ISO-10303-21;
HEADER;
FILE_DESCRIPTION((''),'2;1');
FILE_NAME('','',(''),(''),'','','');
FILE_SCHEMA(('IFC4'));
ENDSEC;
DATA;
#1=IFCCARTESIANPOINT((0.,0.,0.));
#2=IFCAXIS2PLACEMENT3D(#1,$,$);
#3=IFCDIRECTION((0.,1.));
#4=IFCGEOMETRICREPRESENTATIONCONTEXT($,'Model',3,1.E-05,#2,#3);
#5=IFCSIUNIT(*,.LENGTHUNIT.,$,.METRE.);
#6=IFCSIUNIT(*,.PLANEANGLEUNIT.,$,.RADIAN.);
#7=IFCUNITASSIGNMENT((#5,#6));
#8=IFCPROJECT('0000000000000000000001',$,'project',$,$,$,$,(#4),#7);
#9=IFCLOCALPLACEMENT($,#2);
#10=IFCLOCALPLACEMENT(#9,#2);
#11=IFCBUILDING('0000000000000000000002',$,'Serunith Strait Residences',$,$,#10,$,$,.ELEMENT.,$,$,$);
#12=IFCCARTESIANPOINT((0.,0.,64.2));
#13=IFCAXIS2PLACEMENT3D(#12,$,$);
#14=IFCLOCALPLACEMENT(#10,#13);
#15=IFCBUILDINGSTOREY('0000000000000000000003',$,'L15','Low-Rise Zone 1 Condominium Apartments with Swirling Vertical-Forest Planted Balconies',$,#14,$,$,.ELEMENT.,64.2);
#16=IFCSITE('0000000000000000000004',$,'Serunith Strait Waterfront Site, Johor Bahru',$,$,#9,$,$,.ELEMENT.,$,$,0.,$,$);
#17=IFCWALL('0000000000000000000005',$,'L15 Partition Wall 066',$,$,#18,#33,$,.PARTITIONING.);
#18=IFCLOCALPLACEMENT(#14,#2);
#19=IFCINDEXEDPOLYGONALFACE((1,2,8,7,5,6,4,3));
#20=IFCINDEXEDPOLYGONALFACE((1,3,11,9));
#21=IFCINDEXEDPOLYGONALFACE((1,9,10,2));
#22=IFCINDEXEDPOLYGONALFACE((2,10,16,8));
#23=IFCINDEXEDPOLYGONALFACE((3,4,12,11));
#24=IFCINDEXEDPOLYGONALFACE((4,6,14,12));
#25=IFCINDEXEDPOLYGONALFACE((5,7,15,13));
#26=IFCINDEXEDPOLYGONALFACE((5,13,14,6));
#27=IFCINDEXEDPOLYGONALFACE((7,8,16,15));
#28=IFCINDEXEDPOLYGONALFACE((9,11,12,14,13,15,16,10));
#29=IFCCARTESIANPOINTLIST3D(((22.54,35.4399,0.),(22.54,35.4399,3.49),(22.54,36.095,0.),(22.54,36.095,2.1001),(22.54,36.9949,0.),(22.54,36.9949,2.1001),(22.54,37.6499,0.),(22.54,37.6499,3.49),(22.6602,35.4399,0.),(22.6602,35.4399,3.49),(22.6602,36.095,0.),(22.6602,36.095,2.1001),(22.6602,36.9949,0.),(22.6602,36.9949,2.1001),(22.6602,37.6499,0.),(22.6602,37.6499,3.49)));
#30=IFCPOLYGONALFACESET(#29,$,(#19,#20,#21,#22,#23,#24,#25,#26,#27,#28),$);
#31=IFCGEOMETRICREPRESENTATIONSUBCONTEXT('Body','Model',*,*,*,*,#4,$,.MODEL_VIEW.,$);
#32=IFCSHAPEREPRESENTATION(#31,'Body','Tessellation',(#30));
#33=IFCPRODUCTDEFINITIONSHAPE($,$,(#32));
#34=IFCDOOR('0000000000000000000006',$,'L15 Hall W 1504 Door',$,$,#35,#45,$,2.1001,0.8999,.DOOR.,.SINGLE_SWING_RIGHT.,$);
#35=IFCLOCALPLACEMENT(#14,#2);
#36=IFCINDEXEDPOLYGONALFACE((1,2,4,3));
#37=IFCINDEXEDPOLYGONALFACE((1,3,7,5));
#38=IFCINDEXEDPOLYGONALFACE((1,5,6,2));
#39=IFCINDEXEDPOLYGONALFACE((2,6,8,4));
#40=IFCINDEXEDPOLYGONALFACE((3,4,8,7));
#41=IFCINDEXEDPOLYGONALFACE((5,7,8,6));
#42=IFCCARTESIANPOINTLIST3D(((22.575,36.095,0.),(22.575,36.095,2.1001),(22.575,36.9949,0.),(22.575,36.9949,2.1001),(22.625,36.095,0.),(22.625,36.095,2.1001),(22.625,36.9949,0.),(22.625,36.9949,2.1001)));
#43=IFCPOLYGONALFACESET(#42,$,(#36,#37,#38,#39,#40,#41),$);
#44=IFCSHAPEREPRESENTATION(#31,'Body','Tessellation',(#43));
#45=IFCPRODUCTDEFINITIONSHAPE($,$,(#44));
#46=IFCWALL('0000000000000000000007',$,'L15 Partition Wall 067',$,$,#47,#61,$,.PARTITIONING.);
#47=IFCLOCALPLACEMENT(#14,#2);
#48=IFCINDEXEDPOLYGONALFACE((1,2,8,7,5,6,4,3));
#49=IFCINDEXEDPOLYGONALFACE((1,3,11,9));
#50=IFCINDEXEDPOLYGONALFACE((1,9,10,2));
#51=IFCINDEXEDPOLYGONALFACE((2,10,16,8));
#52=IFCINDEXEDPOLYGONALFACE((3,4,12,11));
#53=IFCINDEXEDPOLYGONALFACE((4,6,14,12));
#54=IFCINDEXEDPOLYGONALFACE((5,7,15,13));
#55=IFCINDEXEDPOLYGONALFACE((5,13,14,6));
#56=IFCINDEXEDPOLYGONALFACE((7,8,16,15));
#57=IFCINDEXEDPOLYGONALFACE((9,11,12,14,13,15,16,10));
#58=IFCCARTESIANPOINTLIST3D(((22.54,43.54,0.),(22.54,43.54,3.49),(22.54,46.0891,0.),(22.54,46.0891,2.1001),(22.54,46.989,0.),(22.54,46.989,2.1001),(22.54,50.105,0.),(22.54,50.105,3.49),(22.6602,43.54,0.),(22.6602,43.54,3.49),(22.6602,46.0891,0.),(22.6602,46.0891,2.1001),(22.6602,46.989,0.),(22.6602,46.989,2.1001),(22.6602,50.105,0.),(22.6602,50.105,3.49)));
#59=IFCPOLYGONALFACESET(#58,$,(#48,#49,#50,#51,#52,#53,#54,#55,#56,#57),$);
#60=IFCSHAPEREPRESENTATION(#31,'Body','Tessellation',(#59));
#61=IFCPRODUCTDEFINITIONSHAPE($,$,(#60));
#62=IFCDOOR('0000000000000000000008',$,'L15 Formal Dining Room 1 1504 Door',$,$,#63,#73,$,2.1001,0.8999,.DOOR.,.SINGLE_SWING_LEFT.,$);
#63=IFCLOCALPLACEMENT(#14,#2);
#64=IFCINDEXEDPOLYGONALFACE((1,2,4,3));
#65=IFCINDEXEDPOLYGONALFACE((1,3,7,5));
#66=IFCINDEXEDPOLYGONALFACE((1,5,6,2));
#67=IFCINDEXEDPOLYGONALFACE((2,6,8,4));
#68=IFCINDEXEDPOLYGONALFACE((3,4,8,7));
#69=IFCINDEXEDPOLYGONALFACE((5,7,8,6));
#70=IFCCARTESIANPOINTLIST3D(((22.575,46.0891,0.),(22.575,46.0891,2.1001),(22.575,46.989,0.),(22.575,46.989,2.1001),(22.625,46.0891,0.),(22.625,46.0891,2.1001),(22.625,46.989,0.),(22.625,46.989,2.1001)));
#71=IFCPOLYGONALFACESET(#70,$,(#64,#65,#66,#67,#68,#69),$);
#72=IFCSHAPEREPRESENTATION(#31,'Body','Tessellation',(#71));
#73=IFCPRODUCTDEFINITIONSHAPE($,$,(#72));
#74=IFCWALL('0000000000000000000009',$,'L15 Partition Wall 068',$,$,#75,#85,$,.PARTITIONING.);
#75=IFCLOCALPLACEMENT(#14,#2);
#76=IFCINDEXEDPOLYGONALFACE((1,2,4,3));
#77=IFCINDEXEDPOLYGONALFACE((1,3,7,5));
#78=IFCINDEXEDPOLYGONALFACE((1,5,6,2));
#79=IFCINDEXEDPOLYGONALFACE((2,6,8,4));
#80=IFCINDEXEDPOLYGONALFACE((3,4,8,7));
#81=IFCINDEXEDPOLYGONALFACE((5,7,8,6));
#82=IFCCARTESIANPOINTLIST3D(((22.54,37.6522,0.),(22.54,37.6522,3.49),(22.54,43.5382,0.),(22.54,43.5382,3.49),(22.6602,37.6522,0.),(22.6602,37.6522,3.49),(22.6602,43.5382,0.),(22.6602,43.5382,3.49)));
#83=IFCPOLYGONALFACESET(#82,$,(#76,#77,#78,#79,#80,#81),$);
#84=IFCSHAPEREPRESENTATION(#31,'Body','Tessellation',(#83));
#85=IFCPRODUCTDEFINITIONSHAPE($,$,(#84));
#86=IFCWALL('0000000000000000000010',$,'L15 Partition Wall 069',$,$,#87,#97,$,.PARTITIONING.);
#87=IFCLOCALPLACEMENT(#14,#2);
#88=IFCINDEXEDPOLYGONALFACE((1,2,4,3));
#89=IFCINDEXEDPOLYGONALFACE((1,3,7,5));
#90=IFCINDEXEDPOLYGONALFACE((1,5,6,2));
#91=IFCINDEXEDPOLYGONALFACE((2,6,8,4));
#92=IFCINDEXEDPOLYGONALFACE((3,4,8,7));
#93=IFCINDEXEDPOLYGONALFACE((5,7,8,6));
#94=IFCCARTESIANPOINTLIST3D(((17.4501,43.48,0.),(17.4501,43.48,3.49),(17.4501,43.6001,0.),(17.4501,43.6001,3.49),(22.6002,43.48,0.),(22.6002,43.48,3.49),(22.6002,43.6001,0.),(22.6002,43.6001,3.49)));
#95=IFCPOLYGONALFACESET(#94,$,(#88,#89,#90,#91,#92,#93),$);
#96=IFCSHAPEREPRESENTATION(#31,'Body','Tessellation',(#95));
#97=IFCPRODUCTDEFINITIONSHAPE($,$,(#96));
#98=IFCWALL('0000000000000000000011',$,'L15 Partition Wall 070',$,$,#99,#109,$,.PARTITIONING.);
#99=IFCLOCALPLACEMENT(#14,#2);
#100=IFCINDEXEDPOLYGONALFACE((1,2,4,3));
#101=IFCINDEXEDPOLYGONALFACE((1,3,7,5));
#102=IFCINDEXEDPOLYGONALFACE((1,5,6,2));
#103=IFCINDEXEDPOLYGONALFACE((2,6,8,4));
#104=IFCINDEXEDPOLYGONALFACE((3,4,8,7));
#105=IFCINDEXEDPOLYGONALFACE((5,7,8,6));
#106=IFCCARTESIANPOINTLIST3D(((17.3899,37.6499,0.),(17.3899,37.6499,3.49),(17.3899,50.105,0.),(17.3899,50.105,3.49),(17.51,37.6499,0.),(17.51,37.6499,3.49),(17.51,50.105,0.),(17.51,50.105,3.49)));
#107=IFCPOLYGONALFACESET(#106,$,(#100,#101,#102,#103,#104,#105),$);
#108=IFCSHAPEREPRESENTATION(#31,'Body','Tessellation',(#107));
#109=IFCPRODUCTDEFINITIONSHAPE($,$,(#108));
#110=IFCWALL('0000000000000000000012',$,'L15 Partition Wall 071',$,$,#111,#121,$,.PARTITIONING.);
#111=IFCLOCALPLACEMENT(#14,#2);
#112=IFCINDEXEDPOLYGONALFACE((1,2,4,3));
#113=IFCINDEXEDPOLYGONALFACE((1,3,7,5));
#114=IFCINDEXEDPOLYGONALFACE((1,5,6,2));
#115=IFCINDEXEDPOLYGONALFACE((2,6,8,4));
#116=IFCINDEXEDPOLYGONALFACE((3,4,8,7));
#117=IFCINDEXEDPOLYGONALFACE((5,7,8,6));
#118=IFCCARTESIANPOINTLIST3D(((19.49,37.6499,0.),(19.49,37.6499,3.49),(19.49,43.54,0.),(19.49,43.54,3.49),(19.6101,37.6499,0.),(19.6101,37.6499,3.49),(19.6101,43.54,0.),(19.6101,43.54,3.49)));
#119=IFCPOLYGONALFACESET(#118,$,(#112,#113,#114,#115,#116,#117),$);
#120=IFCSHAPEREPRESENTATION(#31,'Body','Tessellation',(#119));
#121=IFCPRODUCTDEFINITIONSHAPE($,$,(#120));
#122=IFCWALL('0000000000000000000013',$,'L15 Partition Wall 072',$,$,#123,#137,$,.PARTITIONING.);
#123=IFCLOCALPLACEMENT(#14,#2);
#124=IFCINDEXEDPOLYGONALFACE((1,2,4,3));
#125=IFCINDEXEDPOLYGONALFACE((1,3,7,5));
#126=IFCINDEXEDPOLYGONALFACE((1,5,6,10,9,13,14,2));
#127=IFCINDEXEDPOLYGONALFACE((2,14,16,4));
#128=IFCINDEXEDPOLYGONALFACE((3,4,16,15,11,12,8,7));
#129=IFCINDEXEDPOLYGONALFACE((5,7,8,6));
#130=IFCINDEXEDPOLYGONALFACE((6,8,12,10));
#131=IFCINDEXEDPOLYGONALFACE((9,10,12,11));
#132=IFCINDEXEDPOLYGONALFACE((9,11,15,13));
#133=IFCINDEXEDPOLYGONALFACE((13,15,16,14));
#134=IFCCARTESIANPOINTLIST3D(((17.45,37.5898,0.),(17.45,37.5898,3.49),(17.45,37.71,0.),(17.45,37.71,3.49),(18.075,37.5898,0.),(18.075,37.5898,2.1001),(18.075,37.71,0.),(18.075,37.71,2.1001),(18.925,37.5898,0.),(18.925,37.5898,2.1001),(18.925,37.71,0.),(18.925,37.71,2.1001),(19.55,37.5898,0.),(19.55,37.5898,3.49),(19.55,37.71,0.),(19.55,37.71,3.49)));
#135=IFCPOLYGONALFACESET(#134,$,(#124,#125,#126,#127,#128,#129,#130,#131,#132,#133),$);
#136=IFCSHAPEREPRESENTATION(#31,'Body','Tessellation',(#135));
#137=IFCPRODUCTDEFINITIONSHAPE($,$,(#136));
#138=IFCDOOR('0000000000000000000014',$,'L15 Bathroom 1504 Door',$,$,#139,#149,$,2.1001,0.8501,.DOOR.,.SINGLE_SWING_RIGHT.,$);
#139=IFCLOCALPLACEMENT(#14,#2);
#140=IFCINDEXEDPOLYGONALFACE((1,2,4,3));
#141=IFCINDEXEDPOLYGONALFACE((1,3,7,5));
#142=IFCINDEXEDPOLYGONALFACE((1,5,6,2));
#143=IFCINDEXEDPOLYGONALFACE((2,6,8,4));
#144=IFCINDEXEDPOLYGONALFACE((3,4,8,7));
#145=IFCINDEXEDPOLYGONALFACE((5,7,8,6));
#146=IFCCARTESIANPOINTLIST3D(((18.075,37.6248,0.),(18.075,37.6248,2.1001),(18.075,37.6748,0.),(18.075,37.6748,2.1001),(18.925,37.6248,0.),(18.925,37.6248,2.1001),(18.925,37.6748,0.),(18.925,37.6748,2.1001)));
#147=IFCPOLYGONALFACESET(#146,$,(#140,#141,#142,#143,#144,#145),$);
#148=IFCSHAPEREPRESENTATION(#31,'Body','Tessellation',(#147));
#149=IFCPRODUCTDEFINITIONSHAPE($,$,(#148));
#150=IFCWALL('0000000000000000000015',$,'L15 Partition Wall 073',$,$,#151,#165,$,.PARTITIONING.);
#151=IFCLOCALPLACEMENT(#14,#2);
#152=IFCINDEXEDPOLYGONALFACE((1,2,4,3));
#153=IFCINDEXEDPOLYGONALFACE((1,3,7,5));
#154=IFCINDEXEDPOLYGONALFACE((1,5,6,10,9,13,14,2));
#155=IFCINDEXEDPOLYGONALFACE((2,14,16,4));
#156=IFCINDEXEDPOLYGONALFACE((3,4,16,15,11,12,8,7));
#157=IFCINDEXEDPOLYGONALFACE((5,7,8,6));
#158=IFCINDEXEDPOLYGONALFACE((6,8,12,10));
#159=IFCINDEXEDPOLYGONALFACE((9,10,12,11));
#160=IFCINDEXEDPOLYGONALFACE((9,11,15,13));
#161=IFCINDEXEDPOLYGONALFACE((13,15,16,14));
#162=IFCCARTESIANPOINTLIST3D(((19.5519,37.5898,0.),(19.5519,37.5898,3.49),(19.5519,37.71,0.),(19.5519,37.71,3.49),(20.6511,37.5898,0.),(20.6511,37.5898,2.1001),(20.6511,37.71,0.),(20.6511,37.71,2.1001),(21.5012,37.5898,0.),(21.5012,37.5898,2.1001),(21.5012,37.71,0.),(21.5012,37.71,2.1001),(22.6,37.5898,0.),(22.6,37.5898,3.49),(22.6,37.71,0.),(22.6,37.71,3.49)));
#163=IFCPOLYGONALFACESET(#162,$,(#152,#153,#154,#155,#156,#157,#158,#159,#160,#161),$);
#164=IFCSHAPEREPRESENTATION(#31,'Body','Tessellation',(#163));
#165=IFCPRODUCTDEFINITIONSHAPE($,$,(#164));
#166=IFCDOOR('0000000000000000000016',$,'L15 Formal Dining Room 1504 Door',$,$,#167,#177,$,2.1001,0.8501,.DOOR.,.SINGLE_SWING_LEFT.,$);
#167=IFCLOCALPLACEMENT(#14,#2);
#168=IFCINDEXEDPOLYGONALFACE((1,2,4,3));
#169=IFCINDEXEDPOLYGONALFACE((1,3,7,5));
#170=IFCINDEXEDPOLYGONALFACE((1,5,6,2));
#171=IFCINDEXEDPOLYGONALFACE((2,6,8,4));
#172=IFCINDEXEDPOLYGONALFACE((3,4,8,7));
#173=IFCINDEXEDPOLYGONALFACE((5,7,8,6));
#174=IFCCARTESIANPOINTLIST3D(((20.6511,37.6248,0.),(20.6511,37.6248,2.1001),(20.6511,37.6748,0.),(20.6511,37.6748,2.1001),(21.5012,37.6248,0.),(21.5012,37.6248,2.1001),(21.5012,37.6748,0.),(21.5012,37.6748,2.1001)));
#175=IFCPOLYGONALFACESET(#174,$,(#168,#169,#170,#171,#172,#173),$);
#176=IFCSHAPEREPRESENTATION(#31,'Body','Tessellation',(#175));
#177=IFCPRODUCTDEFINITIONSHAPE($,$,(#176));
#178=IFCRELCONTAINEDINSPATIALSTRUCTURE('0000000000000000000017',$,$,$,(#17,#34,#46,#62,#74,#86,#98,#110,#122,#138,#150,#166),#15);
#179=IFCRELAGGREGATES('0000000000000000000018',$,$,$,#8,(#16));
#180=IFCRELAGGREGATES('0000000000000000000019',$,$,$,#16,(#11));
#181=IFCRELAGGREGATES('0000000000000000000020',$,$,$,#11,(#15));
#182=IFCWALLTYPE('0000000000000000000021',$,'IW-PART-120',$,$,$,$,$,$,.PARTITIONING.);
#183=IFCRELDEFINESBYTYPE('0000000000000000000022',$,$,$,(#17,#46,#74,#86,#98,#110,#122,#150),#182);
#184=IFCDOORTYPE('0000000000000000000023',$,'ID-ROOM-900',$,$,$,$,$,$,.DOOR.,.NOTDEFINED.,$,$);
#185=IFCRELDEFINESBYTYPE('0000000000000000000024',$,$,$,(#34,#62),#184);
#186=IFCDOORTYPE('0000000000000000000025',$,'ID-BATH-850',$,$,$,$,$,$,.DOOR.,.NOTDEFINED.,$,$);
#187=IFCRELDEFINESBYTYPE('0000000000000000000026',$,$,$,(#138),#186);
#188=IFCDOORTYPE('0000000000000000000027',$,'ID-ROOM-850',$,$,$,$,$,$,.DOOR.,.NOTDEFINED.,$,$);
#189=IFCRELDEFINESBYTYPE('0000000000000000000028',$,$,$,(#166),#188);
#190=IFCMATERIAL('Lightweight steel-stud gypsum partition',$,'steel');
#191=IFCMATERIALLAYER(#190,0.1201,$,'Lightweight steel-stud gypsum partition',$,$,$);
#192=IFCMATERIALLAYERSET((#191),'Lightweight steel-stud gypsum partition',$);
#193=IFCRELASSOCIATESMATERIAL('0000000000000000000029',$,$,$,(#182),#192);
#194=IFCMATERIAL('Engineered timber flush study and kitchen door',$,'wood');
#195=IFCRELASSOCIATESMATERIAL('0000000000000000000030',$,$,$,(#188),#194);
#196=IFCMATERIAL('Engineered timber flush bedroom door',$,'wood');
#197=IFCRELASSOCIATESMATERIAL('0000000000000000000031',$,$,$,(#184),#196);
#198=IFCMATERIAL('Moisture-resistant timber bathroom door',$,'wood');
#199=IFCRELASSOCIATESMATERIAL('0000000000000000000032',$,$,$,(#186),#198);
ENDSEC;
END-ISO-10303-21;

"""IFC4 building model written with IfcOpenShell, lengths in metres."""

from ifc_helpers import new_model, si_unit, direction, frame, frame_2d, origin, place, context, subcontext, project, spatial, rectangle, extrude, source, transform, mapped, material, layer, layer_set, type_object, element, fill, save


model = new_model("IFC4")

# Units and contexts
model_context = context("Model", 3, precision=1e-05, world=origin(), true_north=direction((0.0, 1.0)))
body_context = subcontext(model_context, "Body", "Model", "MODEL_VIEW")
ifc_project = project(units=[si_unit("LENGTHUNIT", "METRE"), si_unit("PLANEANGLEUNIT", "RADIAN")], contexts=[model_context])

# Site, building, storey
site_placement = place(None, origin())
site = spatial("IfcSite", under=ifc_project, at=site_placement, Name="Serunith Strait Waterfront Site, Johor Bahru", CompositionType="ELEMENT", RefElevation=0.0)
building_placement = place(site_placement, origin())
building = spatial("IfcBuilding", under=site, at=building_placement, Name="Serunith Strait Residences", CompositionType="ELEMENT")
storey_placement = place(building_placement, frame((0.0, 0.0, 64.2)))
storey = spatial("IfcBuildingStorey", under=building, at=storey_placement, Name="L15", Description="Low-Rise Zone 1 Condominium Apartments with Swirling Vertical-Forest Planted Balconies", CompositionType="ELEMENT", Elevation=64.2)

# Shared definitions
ifc_material_1 = material(Name="Lightweight steel-stud gypsum partition", Category="steel")
ifc_layer_1 = layer(ifc_material_1, 0.1201, Name="Lightweight steel-stud gypsum partition")
ifc_layer_set_1 = layer_set([ifc_layer_1], Name="Lightweight steel-stud gypsum partition")
wall_type = type_object("IfcWallType", Name="IW-PART-120", PredefinedType="PARTITIONING", material=ifc_layer_set_1)
ifc_material_2 = material(Name="Engineered timber flush study and kitchen door", Category="wood")
door_type_1 = type_object("IfcDoorType", Name="ID-ROOM-850", OperationType="NOTDEFINED", PredefinedType="DOOR", material=ifc_material_2)
shared_shape_1 = source(origin(), body_context, "Body", "SweptSolid", [
    extrude(rectangle(XDim=0.8501, YDim=2.1001, at=frame_2d((0.425, 1.05))), frame((0.0, 0.0249, 0.0), z_axis=(0.0, -1.0, 0.0), x_axis=(1.0, 0.0, 0.0)), (0.0, 0.0, 1.0), 0.05),
])

# Walls, openings, doors
wall_1_placement = place(storey_placement, frame((22.6001, 37.6499, 0.0), z_axis=(0.0, 0.0, 1.0), x_axis=(0.0, -1.0, 0.0)))
wall_1 = element("IfcWall", 1, at=wall_1_placement, inside=storey, type_object=wall_type, Name="L15 Partition Wall 066", PredefinedType="PARTITIONING", context=body_context, shape_type="SweptSolid", body=[
    extrude(rectangle(XDim=2.21, YDim=0.1201, at=frame_2d((1.105, 0.0))), origin(), (0.0, 0.0, 1.0), 3.49),
])
opening_1_placement = place(wall_1_placement, frame((0.655, 0.0, 0.0)))
opening_1 = element("IfcOpeningElement", 2, at=opening_1_placement, cuts=wall_1, PredefinedType="OPENING", context=body_context, shape_type="SweptSolid", body=[
    extrude(rectangle(XDim=0.8999, YDim=2.1001, at=frame_2d((0.45, 1.05))), frame((0.0, 0.0701, 0.0), z_axis=(0.0, -1.0, 0.0), x_axis=(1.0, 0.0, 0.0)), (0.0, 0.0, 1.0), 0.1401),
])
ifc_material_3 = material(Name="Engineered timber flush bedroom door", Category="wood")
door_type_2 = type_object("IfcDoorType", Name="ID-ROOM-900", OperationType="NOTDEFINED", PredefinedType="DOOR", material=ifc_material_3)
shared_shape_2 = source(origin(), body_context, "Body", "SweptSolid", [
    extrude(rectangle(XDim=0.8999, YDim=2.1001, at=frame_2d((0.45, 1.05))), frame((0.0, 0.0249, 0.0), z_axis=(0.0, -1.0, 0.0), x_axis=(1.0, 0.0, 0.0)), (0.0, 0.0, 1.0), 0.05),
])
door_1_placement = place(opening_1_placement, origin())
door_1 = element("IfcDoor", 3, at=door_1_placement, inside=storey, type_object=door_type_2, Name="L15 Hall W 1504 Door", OperationType="SINGLE_SWING_RIGHT", OverallHeight=2.1001, OverallWidth=0.8999, PredefinedType="DOOR", context=body_context, shape_type="MappedRepresentation", body=[
    mapped(shared_shape_2, transform((0.0, 0.0, 0.0), scale=1.0)),
])
fill(opening_1, door_1)
wall_2_placement = place(storey_placement, frame((22.6001, 50.105, 0.0), z_axis=(0.0, 0.0, 1.0), x_axis=(0.0, -1.0, 0.0)))
wall_2 = element("IfcWall", 4, at=wall_2_placement, inside=storey, type_object=wall_type, Name="L15 Partition Wall 067", PredefinedType="PARTITIONING", context=body_context, shape_type="SweptSolid", body=[
    extrude(rectangle(XDim=6.5649, YDim=0.1201, at=frame_2d((3.2825, 0.0))), origin(), (0.0, 0.0, 1.0), 3.49),
])
opening_2_placement = place(wall_2_placement, frame((3.116, 0.0, 0.0)))
opening_2 = element("IfcOpeningElement", 5, at=opening_2_placement, cuts=wall_2, PredefinedType="OPENING", context=body_context, shape_type="SweptSolid", body=[
    extrude(rectangle(XDim=0.8999, YDim=2.1001, at=frame_2d((0.45, 1.05))), frame((0.0, 0.0701, 0.0), z_axis=(0.0, -1.0, 0.0), x_axis=(1.0, 0.0, 0.0)), (0.0, 0.0, 1.0), 0.1401),
])
door_2_placement = place(opening_2_placement, origin())
door_2 = element("IfcDoor", 6, at=door_2_placement, inside=storey, type_object=door_type_2, Name="L15 Formal Dining Room 1 1504 Door", OperationType="SINGLE_SWING_LEFT", OverallHeight=2.1001, OverallWidth=0.8999, PredefinedType="DOOR", context=body_context, shape_type="MappedRepresentation", body=[
    mapped(shared_shape_2, transform((0.0, 0.0, 0.0), scale=1.0)),
])
fill(opening_2, door_2)

# Walls
wall_3_placement = place(storey_placement, frame((22.6001, 43.5381, 0.0), z_axis=(0.0, 0.0, 1.0), x_axis=(0.0, -1.0, 0.0)))
element("IfcWall", 7, at=wall_3_placement, inside=storey, type_object=wall_type, Name="L15 Partition Wall 068", PredefinedType="PARTITIONING", context=body_context, shape_type="SweptSolid", body=[
    extrude(rectangle(XDim=5.886, YDim=0.1201, at=frame_2d((2.9429, 0.0))), origin(), (0.0, 0.0, 1.0), 3.49),
])
wall_4_placement = place(storey_placement, frame((17.45, 43.54, 0.0), z_axis=(0.0, 0.0, 1.0), x_axis=(1.0, 0.0, 0.0)))
element("IfcWall", 8, at=wall_4_placement, inside=storey, type_object=wall_type, Name="L15 Partition Wall 069", PredefinedType="PARTITIONING", context=body_context, shape_type="SweptSolid", body=[
    extrude(rectangle(XDim=5.1501, YDim=0.1201, at=frame_2d((2.5752, 0.0))), origin(), (0.0, 0.0, 1.0), 3.49),
])
wall_5_placement = place(storey_placement, frame((17.45, 50.105, 0.0), z_axis=(0.0, 0.0, 1.0), x_axis=(0.0, -1.0, 0.0)))
element("IfcWall", 9, at=wall_5_placement, inside=storey, type_object=wall_type, Name="L15 Partition Wall 070", PredefinedType="PARTITIONING", context=body_context, shape_type="SweptSolid", body=[
    extrude(rectangle(XDim=12.4551, YDim=0.1201, at=frame_2d((6.2275, 0.0))), origin(), (0.0, 0.0, 1.0), 3.49),
])
wall_6_placement = place(storey_placement, frame((19.55, 43.54, 0.0), z_axis=(0.0, 0.0, 1.0), x_axis=(0.0, -1.0, 0.0)))
element("IfcWall", 10, at=wall_6_placement, inside=storey, type_object=wall_type, Name="L15 Partition Wall 071", PredefinedType="PARTITIONING", context=body_context, shape_type="SweptSolid", body=[
    extrude(rectangle(XDim=5.8901, YDim=0.1201, at=frame_2d((2.9451, 0.0))), origin(), (0.0, 0.0, 1.0), 3.49),
])

# Walls, openings, doors
wall_7_placement = place(storey_placement, frame((17.45, 37.6499, 0.0), z_axis=(0.0, 0.0, 1.0), x_axis=(1.0, 0.0, 0.0)))
wall_7 = element("IfcWall", 11, at=wall_7_placement, inside=storey, type_object=wall_type, Name="L15 Partition Wall 072", PredefinedType="PARTITIONING", context=body_context, shape_type="SweptSolid", body=[
    extrude(rectangle(XDim=2.1001, YDim=0.1201, at=frame_2d((1.05, 0.0))), origin(), (0.0, 0.0, 1.0), 3.49),
])
opening_3_placement = place(wall_7_placement, frame((0.625, 0.0, 0.0)))
opening_3 = element("IfcOpeningElement", 12, at=opening_3_placement, cuts=wall_7, PredefinedType="OPENING", context=body_context, shape_type="SweptSolid", body=[
    extrude(rectangle(XDim=0.8501, YDim=2.1001, at=frame_2d((0.425, 1.05))), frame((0.0, 0.0701, 0.0), z_axis=(0.0, -1.0, 0.0), x_axis=(1.0, 0.0, 0.0)), (0.0, 0.0, 1.0), 0.1401),
])
ifc_material_4 = material(Name="Moisture-resistant timber bathroom door", Category="wood")
door_type_3 = type_object("IfcDoorType", Name="ID-BATH-850", OperationType="NOTDEFINED", PredefinedType="DOOR", material=ifc_material_4)
door_3_placement = place(opening_3_placement, origin())
door_3 = element("IfcDoor", 13, at=door_3_placement, inside=storey, type_object=door_type_3, Name="L15 Bathroom 1504 Door", OperationType="SINGLE_SWING_RIGHT", OverallHeight=2.1001, OverallWidth=0.8501, PredefinedType="DOOR", context=body_context, shape_type="MappedRepresentation", body=[
    mapped(shared_shape_1, transform((0.0, 0.0, 0.0), scale=1.0)),
])
fill(opening_3, door_3)
wall_8_placement = place(storey_placement, frame((19.552, 37.6499, 0.0), z_axis=(0.0, 0.0, 1.0), x_axis=(1.0, 0.0, 0.0)))
wall_8 = element("IfcWall", 14, at=wall_8_placement, inside=storey, type_object=wall_type, Name="L15 Partition Wall 073", PredefinedType="PARTITIONING", context=body_context, shape_type="SweptSolid", body=[
    extrude(rectangle(XDim=3.0481, YDim=0.1201, at=frame_2d((1.5239, 0.0))), origin(), (0.0, 0.0, 1.0), 3.49),
])
opening_4_placement = place(wall_8_placement, frame((1.0991, 0.0, 0.0)))
opening_4 = element("IfcOpeningElement", 15, at=opening_4_placement, cuts=wall_8, PredefinedType="OPENING", context=body_context, shape_type="SweptSolid", body=[
    extrude(rectangle(XDim=0.8501, YDim=2.1001, at=frame_2d((0.425, 1.05))), frame((0.0, 0.0701, 0.0), z_axis=(0.0, -1.0, 0.0), x_axis=(1.0, 0.0, 0.0)), (0.0, 0.0, 1.0), 0.1401),
])
door_4_placement = place(opening_4_placement, origin())
door_4 = element("IfcDoor", 16, at=door_4_placement, inside=storey, type_object=door_type_1, Name="L15 Formal Dining Room 1504 Door", OperationType="SINGLE_SWING_LEFT", OverallHeight=2.1001, OverallWidth=0.8501, PredefinedType="DOOR", context=body_context, shape_type="MappedRepresentation", body=[
    mapped(shared_shape_1, transform((0.0, 0.0, 0.0), scale=1.0)),
])
fill(opening_4, door_4)

save(model, "model.ifc")
